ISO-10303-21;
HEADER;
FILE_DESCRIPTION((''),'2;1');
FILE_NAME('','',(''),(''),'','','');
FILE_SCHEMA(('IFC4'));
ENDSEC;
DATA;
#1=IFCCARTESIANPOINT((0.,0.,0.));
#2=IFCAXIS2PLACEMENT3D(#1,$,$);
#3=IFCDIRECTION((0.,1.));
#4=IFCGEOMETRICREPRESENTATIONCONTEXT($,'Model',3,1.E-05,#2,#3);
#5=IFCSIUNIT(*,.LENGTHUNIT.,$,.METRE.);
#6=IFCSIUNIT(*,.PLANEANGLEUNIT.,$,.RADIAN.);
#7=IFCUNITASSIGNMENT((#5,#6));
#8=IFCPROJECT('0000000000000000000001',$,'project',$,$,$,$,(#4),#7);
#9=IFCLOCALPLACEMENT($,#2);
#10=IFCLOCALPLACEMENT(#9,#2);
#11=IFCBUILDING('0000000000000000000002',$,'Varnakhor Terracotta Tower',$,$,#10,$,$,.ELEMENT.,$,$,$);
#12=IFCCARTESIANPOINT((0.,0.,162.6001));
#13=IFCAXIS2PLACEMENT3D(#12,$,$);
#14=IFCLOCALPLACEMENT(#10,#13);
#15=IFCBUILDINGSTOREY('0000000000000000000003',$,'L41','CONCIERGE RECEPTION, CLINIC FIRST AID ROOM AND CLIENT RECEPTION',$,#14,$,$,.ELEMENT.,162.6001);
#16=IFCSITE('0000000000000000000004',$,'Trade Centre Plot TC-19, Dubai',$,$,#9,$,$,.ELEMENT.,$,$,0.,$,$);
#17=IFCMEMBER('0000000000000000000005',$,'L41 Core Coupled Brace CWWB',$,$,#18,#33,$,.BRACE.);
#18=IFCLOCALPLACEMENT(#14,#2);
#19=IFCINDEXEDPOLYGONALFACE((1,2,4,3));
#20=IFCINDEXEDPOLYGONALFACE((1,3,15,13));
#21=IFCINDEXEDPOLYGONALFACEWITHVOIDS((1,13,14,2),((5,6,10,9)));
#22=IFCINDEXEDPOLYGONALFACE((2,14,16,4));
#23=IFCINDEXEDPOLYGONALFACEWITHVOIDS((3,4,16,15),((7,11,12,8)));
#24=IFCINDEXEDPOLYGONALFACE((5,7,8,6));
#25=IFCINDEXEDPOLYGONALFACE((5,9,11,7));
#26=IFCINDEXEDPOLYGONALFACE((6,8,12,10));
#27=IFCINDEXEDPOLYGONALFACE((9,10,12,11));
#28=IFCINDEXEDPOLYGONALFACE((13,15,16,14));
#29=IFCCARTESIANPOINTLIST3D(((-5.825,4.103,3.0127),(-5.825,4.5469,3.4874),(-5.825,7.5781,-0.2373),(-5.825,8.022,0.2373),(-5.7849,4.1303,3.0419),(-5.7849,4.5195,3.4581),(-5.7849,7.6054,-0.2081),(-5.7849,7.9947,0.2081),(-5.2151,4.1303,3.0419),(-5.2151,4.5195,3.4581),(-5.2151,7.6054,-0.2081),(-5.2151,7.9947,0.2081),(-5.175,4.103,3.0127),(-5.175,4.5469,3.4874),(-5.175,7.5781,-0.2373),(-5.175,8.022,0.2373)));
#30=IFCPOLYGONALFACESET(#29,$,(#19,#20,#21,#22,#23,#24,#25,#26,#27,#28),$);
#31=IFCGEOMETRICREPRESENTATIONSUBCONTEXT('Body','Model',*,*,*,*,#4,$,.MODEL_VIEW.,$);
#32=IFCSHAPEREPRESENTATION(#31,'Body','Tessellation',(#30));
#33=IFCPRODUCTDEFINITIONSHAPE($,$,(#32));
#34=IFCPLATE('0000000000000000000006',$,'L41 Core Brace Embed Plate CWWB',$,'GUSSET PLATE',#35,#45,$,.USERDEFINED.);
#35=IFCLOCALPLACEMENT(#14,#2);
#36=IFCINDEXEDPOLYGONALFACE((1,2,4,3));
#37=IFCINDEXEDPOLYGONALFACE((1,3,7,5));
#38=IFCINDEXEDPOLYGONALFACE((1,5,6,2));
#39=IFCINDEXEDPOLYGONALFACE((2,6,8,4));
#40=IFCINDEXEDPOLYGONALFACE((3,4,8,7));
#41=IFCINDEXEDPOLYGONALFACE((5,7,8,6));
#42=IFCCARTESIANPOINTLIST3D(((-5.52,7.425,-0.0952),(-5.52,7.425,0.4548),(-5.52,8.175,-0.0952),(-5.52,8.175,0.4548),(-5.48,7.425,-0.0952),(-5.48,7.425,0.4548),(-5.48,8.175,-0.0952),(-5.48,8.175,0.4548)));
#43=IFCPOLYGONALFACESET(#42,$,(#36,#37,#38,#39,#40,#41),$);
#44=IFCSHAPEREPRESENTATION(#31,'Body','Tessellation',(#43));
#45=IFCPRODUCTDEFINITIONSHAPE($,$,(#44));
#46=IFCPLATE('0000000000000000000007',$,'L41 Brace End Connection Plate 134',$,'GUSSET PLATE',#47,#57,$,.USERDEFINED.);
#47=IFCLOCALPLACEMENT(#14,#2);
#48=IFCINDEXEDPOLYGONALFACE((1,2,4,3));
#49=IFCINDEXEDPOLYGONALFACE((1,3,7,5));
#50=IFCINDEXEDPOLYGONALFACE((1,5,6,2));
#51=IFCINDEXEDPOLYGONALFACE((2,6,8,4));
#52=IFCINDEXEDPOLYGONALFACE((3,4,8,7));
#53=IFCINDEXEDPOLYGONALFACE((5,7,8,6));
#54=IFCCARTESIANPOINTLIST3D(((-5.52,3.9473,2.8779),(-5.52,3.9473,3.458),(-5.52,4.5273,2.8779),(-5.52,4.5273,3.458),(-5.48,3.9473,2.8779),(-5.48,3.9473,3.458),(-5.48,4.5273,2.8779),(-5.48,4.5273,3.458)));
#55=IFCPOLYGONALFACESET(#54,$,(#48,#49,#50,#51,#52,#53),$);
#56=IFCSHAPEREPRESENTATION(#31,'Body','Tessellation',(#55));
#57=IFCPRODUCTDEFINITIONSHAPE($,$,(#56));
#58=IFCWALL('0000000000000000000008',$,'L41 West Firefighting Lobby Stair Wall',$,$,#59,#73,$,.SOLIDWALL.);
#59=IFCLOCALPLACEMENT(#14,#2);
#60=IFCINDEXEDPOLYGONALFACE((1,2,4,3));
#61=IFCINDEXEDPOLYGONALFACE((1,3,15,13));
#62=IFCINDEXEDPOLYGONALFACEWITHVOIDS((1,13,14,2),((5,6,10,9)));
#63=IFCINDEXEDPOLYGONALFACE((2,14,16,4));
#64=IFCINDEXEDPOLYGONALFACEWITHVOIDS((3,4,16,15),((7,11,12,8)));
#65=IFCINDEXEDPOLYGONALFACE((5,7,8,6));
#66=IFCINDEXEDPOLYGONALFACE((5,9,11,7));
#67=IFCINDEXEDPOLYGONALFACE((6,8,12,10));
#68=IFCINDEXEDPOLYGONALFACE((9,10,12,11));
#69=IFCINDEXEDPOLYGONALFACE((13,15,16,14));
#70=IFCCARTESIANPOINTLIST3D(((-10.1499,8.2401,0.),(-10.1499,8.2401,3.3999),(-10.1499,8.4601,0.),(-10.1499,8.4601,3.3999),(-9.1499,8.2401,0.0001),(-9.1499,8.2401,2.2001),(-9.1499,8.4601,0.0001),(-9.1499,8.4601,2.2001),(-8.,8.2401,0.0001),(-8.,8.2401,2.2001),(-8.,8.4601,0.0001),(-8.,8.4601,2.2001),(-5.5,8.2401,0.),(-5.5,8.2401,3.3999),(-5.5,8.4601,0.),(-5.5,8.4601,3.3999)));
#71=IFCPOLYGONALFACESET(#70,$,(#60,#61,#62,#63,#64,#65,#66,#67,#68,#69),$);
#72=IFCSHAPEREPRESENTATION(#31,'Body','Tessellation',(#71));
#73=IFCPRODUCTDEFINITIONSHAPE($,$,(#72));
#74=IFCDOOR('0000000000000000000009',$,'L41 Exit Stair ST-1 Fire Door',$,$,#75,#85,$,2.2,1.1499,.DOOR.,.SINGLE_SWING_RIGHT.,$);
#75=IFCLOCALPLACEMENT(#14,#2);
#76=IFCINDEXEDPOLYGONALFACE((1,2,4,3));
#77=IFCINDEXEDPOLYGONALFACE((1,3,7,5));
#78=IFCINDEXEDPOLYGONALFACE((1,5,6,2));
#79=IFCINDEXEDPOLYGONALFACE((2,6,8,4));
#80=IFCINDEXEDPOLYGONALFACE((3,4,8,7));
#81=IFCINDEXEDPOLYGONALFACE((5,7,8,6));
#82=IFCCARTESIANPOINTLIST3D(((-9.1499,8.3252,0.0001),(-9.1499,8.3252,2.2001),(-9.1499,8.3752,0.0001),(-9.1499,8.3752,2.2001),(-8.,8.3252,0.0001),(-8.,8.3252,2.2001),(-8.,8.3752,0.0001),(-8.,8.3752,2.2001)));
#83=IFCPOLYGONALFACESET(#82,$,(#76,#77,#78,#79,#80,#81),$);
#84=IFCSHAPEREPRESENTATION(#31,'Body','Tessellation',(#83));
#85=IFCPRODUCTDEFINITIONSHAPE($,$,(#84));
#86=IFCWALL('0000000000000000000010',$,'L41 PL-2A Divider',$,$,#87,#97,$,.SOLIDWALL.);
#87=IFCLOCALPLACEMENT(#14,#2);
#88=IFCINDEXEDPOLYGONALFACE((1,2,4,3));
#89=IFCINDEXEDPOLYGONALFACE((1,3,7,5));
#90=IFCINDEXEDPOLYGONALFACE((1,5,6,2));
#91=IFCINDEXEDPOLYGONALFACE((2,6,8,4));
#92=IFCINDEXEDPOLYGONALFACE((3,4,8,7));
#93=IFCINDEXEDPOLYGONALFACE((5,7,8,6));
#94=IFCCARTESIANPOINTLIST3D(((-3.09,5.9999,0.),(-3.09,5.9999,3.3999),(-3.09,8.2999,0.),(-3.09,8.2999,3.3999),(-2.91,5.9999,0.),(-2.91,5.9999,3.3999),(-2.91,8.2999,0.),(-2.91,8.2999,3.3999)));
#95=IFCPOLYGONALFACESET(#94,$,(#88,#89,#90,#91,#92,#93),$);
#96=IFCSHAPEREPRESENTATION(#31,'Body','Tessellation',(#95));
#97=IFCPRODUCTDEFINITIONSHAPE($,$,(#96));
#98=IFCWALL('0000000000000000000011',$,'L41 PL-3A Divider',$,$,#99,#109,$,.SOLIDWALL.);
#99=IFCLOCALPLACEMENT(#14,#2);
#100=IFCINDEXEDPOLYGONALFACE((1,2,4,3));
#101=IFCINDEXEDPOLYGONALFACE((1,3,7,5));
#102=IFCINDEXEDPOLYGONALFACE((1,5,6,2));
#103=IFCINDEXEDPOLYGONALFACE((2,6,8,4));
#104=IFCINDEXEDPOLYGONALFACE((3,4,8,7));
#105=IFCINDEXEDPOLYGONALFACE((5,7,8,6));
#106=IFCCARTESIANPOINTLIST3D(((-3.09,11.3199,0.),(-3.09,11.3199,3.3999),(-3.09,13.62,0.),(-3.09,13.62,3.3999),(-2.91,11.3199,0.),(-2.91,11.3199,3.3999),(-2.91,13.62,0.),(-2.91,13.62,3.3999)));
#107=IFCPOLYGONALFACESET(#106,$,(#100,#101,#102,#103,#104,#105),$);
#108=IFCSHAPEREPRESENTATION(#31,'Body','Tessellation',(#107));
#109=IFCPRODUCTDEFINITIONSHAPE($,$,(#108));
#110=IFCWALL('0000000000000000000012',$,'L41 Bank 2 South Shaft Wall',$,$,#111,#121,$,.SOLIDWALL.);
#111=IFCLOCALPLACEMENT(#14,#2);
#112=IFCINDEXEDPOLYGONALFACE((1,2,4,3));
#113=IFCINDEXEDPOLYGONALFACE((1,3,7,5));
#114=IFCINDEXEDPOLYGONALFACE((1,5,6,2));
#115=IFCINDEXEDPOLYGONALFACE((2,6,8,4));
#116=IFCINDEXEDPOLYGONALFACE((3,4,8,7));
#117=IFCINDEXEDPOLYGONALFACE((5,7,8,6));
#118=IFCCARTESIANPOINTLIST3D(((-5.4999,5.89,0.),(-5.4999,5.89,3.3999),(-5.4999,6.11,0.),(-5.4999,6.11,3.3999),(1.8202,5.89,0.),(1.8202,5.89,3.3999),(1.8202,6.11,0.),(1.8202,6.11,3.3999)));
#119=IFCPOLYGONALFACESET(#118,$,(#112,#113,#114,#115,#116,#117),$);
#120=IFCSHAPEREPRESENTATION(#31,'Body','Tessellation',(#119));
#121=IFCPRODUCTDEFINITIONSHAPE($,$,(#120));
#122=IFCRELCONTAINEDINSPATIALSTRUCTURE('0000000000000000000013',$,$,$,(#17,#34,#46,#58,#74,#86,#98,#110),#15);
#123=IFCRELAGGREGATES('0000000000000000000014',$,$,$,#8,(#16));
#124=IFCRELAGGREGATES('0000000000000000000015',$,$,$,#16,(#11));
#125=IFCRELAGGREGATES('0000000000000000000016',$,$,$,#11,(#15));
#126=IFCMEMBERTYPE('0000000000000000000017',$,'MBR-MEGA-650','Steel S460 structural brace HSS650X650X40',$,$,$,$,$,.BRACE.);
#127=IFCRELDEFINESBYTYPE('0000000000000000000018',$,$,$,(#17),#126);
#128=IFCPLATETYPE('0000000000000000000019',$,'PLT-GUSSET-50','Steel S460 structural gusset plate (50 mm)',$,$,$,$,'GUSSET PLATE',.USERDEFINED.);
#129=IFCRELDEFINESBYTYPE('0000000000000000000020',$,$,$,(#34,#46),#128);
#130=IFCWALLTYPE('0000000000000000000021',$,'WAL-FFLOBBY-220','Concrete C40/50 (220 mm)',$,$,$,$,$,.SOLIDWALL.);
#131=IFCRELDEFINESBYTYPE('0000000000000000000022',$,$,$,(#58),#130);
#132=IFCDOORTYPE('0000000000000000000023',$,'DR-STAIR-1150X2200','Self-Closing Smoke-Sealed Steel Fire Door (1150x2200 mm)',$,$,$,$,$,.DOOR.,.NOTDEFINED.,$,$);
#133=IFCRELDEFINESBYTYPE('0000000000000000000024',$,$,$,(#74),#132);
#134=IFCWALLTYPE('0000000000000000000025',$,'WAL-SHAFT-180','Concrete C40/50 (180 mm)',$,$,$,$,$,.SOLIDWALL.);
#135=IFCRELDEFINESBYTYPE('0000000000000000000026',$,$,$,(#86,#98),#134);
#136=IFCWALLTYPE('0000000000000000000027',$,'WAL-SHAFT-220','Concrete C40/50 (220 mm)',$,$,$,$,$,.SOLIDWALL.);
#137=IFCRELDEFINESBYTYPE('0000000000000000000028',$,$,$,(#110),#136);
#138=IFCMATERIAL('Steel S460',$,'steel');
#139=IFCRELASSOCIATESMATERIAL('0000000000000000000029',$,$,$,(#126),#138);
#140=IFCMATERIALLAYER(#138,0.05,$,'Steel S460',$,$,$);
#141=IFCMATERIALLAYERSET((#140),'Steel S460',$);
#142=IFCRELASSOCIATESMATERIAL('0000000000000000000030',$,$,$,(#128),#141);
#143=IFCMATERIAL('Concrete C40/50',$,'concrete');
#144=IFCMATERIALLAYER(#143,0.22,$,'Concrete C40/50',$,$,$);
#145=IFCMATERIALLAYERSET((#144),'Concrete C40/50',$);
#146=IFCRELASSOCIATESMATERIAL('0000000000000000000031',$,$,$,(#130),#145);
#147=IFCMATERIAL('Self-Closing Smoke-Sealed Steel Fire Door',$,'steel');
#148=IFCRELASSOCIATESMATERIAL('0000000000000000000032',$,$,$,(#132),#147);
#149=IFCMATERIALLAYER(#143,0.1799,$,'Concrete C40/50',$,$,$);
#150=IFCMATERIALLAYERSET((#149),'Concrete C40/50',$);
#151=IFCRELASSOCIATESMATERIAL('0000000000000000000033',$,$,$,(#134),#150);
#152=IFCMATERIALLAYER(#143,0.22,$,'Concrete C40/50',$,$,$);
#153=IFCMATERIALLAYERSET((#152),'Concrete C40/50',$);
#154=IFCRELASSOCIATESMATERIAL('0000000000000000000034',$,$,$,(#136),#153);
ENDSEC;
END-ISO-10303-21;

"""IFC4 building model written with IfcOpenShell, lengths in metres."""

from ifc_helpers import new_model, si_unit, direction, frame, frame_2d, origin, origin_2d, place, context, subcontext, project, spatial, rectangle, hollow_rectangle, extrude, source, transform, mapped, material, layer, layer_set, material_profile, profile_set, type_object, type_shapes, element, fill, save


model = new_model("IFC4")

# Units and contexts
model_context = context("Model", 3, precision=1e-05, world=origin(), true_north=direction((0.0, 1.0)))
body_context = subcontext(model_context, "Body", "Model", "MODEL_VIEW")
ifc_project = project(units=[si_unit("LENGTHUNIT", "METRE"), si_unit("PLANEANGLEUNIT", "RADIAN")], contexts=[model_context])

# Site, building, storey
site_placement = place(None, origin())
site = spatial("IfcSite", under=ifc_project, at=site_placement, Name="Trade Centre Plot TC-19, Dubai", CompositionType="ELEMENT", RefElevation=0.0)
building_placement = place(site_placement, origin())
building = spatial("IfcBuilding", under=site, at=building_placement, Name="Varnakhor Terracotta Tower", CompositionType="ELEMENT")
storey_placement = place(building_placement, frame((0.0, 0.0, 162.6001)))
storey = spatial("IfcBuildingStorey", under=building, at=storey_placement, Name="L41", Description="CONCIERGE RECEPTION, CLINIC FIRST AID ROOM AND CLIENT RECEPTION", CompositionType="ELEMENT", Elevation=162.6001)

# Member
ifc_material_1 = material(Name="Steel S460", Category="steel")
ifc_material_profile = material_profile(ifc_material_1, hollow_rectangle(XDim=0.6499, YDim=0.6499, WallThickness=0.04, at=origin_2d()), Name="HSS650X650X40")
ifc_profile_set = profile_set([ifc_material_profile], Name="Steel S460")
member_type = type_object("IfcMemberType", Name="MBR-MEGA-650", Description="Steel S460 structural brace HSS650X650X40", PredefinedType="BRACE", material=ifc_profile_set)
shared_shape_1 = source(origin(), body_context, "Body", "SweptSolid", [
    extrude(hollow_rectangle(XDim=0.6499, YDim=0.6499, WallThickness=0.04, at=origin_2d()), origin(), (0.0, 0.0, 1.0), 4.7581),
])
member_placement = place(storey_placement, frame((-5.5, 7.8, 0.0), z_axis=(0.0, -0.730366, 0.683056), x_axis=(1.0, 0.0, 0.0)))
element("IfcMember", 1, at=member_placement, inside=storey, type_object=member_type, Name="L41 Core Coupled Brace CWWB", PredefinedType="BRACE", context=body_context, shape_type="MappedRepresentation", body=[
    mapped(shared_shape_1, transform((0.0, 0.0, 0.0), scale=1.0)),
])

# Plates
ifc_layer_1 = layer(ifc_material_1, 0.05, Name="Steel S460")
ifc_layer_set_1 = layer_set([ifc_layer_1], Name="Steel S460")
plate_type = type_object("IfcPlateType", Name="PLT-GUSSET-50", Description="Steel S460 structural gusset plate (50 mm)", ElementType="GUSSET PLATE", PredefinedType="USERDEFINED", material=ifc_layer_set_1)
shared_shape_2 = source(origin(), body_context, "Body", "SweptSolid", [
    extrude(rectangle(XDim=0.75, YDim=0.04, at=origin_2d()), origin(), (0.0, 0.0, 1.0), 0.55),
])
type_shapes(plate_type, [shared_shape_2])
plate_1_placement = place(storey_placement, frame((-5.5, 7.8, -0.0952), z_axis=(0.0, 0.0, 1.0), x_axis=(0.0, 1.0, 0.0)))
element("IfcPlate", 2, at=plate_1_placement, inside=storey, type_object=plate_type, Name="L41 Core Brace Embed Plate CWWB", ObjectType="GUSSET PLATE", PredefinedType="USERDEFINED", context=body_context, shape_type="MappedRepresentation", body=[
    mapped(shared_shape_2, transform((0.0, 0.0, 0.0), scale=1.0)),
])
shared_shape_3 = source(origin(), body_context, "Body", "SweptSolid", [
    extrude(rectangle(XDim=0.5801, YDim=0.04, at=origin_2d()), origin(), (0.0, 0.0, 1.0), 0.5801),
])
plate_2_placement = place(storey_placement, frame((-5.5, 4.2373, 2.8779), z_axis=(0.0, 0.0, 1.0), x_axis=(0.0, 1.0, 0.0)))
element("IfcPlate", 3, at=plate_2_placement, inside=storey, type_object=plate_type, Name="L41 Brace End Connection Plate 134", ObjectType="GUSSET PLATE", PredefinedType="USERDEFINED", context=body_context, shape_type="MappedRepresentation", body=[
    mapped(shared_shape_3, transform((0.0, 0.0, 0.0), scale=1.0)),
])

# Wall, opening, door
ifc_material_2 = material(Name="Concrete C40/50", Category="concrete")
ifc_layer_2 = layer(ifc_material_2, 0.22, Name="Concrete C40/50")
ifc_layer_set_2 = layer_set([ifc_layer_2], Name="Concrete C40/50")
wall_type_1 = type_object("IfcWallType", Name="WAL-FFLOBBY-220", Description="Concrete C40/50 (220 mm)", PredefinedType="SOLIDWALL", material=ifc_layer_set_2)
wall_1_placement = place(storey_placement, frame((-5.5, 8.3501, 0.0), z_axis=(0.0, 0.0, 1.0), x_axis=(-1.0, 0.0, 0.0)))
wall_1 = element("IfcWall", 4, at=wall_1_placement, inside=storey, type_object=wall_type_1, Name="L41 West Firefighting Lobby Stair Wall", PredefinedType="SOLIDWALL", context=body_context, shape_type="SweptSolid", body=[
    extrude(rectangle(XDim=4.6499, YDim=0.22, at=frame_2d((2.325, 0.0))), origin(), (0.0, 0.0, 1.0), 3.3999),
])
opening_1_placement = place(wall_1_placement, frame((2.5, 0.0, 0.0)))
opening_1 = element("IfcOpeningElement", 5, at=opening_1_placement, cuts=wall_1, PredefinedType="OPENING", context=body_context, shape_type="SweptSolid", body=[
    extrude(rectangle(XDim=1.1499, YDim=2.2, at=frame_2d((0.575, 1.1001))), frame((0.0, 0.1201, 0.0), z_axis=(0.0, -1.0, 0.0), x_axis=(1.0, 0.0, 0.0)), (0.0, 0.0, 1.0), 0.24),
])
ifc_material_3 = material(Name="Self-Closing Smoke-Sealed Steel Fire Door", Category="steel")
door_type_1 = type_object("IfcDoorType", Name="DR-STAIR-1150X2200", Description="Self-Closing Smoke-Sealed Steel Fire Door (1150x2200 mm)", OperationType="NOTDEFINED", PredefinedType="DOOR", material=ifc_material_3)
shared_shape_4 = source(origin(), body_context, "Body", "SweptSolid", [
    extrude(rectangle(XDim=1.1499, YDim=2.2, at=frame_2d((0.575, 1.1001))), frame((0.0, 0.0249, 0.0), z_axis=(0.0, -1.0, 0.0), x_axis=(1.0, 0.0, 0.0)), (0.0, 0.0, 1.0), 0.05),
])
type_shapes(door_type_1, [shared_shape_4])
door_1_placement = place(opening_1_placement, origin())
door_1 = element("IfcDoor", 6, at=door_1_placement, inside=storey, type_object=door_type_1, Name="L41 Exit Stair ST-1 Fire Door", OperationType="SINGLE_SWING_RIGHT", OverallHeight=2.2, OverallWidth=1.1499, PredefinedType="DOOR", context=body_context, shape_type="MappedRepresentation", body=[
    mapped(shared_shape_4, transform((0.0, 0.0, 0.0), scale=1.0)),
])
fill(opening_1, door_1)

# Walls
ifc_layer_3 = layer(ifc_material_2, 0.1799, Name="Concrete C40/50")
ifc_layer_set_3 = layer_set([ifc_layer_3], Name="Concrete C40/50")
wall_type_2 = type_object("IfcWallType", Name="WAL-SHAFT-180", Description="Concrete C40/50 (180 mm)", PredefinedType="SOLIDWALL", material=ifc_layer_set_3)
for number, where, z_axis, x_axis, name in (
    (7, (-3.0, 6.0, 0.0), (0.0, 0.0, 1.0), (0.0, 1.0, 0.0), "L41 PL-2A Divider"),
    (8, (-3.0, 11.3201, 0.0), (0.0, 0.0, 1.0), (0.0, 1.0, 0.0), "L41 PL-3A Divider"),
):
    element("IfcWall", number, at=place(storey_placement, frame(where, z_axis=z_axis, x_axis=x_axis)), inside=storey, type_object=wall_type_2, Name=name, PredefinedType="SOLIDWALL", context=body_context, shape_type="SweptSolid", body=[
        extrude(rectangle(XDim=2.3, YDim=0.1799, at=frame_2d((1.1499, 0.0))), origin(), (0.0, 0.0, 1.0), 3.3999),
    ])
ifc_layer_4 = layer(ifc_material_2, 0.22, Name="Concrete C40/50")
ifc_layer_set_4 = layer_set([ifc_layer_4], Name="Concrete C40/50")
wall_type_3 = type_object("IfcWallType", Name="WAL-SHAFT-220", Description="Concrete C40/50 (220 mm)", PredefinedType="SOLIDWALL", material=ifc_layer_set_4)
wall_2_placement = place(storey_placement, frame((-5.5, 6.0, 0.0), z_axis=(0.0, 0.0, 1.0), x_axis=(1.0, 0.0, 0.0)))
element("IfcWall", 9, at=wall_2_placement, inside=storey, type_object=wall_type_3, Name="L41 Bank 2 South Shaft Wall", PredefinedType="SOLIDWALL", context=body_context, shape_type="SweptSolid", body=[
    extrude(rectangle(XDim=7.3201, YDim=0.22, at=frame_2d((3.6602, 0.0))), origin(), (0.0, 0.0, 1.0), 3.3999),
])

save(model, "model.ifc")
